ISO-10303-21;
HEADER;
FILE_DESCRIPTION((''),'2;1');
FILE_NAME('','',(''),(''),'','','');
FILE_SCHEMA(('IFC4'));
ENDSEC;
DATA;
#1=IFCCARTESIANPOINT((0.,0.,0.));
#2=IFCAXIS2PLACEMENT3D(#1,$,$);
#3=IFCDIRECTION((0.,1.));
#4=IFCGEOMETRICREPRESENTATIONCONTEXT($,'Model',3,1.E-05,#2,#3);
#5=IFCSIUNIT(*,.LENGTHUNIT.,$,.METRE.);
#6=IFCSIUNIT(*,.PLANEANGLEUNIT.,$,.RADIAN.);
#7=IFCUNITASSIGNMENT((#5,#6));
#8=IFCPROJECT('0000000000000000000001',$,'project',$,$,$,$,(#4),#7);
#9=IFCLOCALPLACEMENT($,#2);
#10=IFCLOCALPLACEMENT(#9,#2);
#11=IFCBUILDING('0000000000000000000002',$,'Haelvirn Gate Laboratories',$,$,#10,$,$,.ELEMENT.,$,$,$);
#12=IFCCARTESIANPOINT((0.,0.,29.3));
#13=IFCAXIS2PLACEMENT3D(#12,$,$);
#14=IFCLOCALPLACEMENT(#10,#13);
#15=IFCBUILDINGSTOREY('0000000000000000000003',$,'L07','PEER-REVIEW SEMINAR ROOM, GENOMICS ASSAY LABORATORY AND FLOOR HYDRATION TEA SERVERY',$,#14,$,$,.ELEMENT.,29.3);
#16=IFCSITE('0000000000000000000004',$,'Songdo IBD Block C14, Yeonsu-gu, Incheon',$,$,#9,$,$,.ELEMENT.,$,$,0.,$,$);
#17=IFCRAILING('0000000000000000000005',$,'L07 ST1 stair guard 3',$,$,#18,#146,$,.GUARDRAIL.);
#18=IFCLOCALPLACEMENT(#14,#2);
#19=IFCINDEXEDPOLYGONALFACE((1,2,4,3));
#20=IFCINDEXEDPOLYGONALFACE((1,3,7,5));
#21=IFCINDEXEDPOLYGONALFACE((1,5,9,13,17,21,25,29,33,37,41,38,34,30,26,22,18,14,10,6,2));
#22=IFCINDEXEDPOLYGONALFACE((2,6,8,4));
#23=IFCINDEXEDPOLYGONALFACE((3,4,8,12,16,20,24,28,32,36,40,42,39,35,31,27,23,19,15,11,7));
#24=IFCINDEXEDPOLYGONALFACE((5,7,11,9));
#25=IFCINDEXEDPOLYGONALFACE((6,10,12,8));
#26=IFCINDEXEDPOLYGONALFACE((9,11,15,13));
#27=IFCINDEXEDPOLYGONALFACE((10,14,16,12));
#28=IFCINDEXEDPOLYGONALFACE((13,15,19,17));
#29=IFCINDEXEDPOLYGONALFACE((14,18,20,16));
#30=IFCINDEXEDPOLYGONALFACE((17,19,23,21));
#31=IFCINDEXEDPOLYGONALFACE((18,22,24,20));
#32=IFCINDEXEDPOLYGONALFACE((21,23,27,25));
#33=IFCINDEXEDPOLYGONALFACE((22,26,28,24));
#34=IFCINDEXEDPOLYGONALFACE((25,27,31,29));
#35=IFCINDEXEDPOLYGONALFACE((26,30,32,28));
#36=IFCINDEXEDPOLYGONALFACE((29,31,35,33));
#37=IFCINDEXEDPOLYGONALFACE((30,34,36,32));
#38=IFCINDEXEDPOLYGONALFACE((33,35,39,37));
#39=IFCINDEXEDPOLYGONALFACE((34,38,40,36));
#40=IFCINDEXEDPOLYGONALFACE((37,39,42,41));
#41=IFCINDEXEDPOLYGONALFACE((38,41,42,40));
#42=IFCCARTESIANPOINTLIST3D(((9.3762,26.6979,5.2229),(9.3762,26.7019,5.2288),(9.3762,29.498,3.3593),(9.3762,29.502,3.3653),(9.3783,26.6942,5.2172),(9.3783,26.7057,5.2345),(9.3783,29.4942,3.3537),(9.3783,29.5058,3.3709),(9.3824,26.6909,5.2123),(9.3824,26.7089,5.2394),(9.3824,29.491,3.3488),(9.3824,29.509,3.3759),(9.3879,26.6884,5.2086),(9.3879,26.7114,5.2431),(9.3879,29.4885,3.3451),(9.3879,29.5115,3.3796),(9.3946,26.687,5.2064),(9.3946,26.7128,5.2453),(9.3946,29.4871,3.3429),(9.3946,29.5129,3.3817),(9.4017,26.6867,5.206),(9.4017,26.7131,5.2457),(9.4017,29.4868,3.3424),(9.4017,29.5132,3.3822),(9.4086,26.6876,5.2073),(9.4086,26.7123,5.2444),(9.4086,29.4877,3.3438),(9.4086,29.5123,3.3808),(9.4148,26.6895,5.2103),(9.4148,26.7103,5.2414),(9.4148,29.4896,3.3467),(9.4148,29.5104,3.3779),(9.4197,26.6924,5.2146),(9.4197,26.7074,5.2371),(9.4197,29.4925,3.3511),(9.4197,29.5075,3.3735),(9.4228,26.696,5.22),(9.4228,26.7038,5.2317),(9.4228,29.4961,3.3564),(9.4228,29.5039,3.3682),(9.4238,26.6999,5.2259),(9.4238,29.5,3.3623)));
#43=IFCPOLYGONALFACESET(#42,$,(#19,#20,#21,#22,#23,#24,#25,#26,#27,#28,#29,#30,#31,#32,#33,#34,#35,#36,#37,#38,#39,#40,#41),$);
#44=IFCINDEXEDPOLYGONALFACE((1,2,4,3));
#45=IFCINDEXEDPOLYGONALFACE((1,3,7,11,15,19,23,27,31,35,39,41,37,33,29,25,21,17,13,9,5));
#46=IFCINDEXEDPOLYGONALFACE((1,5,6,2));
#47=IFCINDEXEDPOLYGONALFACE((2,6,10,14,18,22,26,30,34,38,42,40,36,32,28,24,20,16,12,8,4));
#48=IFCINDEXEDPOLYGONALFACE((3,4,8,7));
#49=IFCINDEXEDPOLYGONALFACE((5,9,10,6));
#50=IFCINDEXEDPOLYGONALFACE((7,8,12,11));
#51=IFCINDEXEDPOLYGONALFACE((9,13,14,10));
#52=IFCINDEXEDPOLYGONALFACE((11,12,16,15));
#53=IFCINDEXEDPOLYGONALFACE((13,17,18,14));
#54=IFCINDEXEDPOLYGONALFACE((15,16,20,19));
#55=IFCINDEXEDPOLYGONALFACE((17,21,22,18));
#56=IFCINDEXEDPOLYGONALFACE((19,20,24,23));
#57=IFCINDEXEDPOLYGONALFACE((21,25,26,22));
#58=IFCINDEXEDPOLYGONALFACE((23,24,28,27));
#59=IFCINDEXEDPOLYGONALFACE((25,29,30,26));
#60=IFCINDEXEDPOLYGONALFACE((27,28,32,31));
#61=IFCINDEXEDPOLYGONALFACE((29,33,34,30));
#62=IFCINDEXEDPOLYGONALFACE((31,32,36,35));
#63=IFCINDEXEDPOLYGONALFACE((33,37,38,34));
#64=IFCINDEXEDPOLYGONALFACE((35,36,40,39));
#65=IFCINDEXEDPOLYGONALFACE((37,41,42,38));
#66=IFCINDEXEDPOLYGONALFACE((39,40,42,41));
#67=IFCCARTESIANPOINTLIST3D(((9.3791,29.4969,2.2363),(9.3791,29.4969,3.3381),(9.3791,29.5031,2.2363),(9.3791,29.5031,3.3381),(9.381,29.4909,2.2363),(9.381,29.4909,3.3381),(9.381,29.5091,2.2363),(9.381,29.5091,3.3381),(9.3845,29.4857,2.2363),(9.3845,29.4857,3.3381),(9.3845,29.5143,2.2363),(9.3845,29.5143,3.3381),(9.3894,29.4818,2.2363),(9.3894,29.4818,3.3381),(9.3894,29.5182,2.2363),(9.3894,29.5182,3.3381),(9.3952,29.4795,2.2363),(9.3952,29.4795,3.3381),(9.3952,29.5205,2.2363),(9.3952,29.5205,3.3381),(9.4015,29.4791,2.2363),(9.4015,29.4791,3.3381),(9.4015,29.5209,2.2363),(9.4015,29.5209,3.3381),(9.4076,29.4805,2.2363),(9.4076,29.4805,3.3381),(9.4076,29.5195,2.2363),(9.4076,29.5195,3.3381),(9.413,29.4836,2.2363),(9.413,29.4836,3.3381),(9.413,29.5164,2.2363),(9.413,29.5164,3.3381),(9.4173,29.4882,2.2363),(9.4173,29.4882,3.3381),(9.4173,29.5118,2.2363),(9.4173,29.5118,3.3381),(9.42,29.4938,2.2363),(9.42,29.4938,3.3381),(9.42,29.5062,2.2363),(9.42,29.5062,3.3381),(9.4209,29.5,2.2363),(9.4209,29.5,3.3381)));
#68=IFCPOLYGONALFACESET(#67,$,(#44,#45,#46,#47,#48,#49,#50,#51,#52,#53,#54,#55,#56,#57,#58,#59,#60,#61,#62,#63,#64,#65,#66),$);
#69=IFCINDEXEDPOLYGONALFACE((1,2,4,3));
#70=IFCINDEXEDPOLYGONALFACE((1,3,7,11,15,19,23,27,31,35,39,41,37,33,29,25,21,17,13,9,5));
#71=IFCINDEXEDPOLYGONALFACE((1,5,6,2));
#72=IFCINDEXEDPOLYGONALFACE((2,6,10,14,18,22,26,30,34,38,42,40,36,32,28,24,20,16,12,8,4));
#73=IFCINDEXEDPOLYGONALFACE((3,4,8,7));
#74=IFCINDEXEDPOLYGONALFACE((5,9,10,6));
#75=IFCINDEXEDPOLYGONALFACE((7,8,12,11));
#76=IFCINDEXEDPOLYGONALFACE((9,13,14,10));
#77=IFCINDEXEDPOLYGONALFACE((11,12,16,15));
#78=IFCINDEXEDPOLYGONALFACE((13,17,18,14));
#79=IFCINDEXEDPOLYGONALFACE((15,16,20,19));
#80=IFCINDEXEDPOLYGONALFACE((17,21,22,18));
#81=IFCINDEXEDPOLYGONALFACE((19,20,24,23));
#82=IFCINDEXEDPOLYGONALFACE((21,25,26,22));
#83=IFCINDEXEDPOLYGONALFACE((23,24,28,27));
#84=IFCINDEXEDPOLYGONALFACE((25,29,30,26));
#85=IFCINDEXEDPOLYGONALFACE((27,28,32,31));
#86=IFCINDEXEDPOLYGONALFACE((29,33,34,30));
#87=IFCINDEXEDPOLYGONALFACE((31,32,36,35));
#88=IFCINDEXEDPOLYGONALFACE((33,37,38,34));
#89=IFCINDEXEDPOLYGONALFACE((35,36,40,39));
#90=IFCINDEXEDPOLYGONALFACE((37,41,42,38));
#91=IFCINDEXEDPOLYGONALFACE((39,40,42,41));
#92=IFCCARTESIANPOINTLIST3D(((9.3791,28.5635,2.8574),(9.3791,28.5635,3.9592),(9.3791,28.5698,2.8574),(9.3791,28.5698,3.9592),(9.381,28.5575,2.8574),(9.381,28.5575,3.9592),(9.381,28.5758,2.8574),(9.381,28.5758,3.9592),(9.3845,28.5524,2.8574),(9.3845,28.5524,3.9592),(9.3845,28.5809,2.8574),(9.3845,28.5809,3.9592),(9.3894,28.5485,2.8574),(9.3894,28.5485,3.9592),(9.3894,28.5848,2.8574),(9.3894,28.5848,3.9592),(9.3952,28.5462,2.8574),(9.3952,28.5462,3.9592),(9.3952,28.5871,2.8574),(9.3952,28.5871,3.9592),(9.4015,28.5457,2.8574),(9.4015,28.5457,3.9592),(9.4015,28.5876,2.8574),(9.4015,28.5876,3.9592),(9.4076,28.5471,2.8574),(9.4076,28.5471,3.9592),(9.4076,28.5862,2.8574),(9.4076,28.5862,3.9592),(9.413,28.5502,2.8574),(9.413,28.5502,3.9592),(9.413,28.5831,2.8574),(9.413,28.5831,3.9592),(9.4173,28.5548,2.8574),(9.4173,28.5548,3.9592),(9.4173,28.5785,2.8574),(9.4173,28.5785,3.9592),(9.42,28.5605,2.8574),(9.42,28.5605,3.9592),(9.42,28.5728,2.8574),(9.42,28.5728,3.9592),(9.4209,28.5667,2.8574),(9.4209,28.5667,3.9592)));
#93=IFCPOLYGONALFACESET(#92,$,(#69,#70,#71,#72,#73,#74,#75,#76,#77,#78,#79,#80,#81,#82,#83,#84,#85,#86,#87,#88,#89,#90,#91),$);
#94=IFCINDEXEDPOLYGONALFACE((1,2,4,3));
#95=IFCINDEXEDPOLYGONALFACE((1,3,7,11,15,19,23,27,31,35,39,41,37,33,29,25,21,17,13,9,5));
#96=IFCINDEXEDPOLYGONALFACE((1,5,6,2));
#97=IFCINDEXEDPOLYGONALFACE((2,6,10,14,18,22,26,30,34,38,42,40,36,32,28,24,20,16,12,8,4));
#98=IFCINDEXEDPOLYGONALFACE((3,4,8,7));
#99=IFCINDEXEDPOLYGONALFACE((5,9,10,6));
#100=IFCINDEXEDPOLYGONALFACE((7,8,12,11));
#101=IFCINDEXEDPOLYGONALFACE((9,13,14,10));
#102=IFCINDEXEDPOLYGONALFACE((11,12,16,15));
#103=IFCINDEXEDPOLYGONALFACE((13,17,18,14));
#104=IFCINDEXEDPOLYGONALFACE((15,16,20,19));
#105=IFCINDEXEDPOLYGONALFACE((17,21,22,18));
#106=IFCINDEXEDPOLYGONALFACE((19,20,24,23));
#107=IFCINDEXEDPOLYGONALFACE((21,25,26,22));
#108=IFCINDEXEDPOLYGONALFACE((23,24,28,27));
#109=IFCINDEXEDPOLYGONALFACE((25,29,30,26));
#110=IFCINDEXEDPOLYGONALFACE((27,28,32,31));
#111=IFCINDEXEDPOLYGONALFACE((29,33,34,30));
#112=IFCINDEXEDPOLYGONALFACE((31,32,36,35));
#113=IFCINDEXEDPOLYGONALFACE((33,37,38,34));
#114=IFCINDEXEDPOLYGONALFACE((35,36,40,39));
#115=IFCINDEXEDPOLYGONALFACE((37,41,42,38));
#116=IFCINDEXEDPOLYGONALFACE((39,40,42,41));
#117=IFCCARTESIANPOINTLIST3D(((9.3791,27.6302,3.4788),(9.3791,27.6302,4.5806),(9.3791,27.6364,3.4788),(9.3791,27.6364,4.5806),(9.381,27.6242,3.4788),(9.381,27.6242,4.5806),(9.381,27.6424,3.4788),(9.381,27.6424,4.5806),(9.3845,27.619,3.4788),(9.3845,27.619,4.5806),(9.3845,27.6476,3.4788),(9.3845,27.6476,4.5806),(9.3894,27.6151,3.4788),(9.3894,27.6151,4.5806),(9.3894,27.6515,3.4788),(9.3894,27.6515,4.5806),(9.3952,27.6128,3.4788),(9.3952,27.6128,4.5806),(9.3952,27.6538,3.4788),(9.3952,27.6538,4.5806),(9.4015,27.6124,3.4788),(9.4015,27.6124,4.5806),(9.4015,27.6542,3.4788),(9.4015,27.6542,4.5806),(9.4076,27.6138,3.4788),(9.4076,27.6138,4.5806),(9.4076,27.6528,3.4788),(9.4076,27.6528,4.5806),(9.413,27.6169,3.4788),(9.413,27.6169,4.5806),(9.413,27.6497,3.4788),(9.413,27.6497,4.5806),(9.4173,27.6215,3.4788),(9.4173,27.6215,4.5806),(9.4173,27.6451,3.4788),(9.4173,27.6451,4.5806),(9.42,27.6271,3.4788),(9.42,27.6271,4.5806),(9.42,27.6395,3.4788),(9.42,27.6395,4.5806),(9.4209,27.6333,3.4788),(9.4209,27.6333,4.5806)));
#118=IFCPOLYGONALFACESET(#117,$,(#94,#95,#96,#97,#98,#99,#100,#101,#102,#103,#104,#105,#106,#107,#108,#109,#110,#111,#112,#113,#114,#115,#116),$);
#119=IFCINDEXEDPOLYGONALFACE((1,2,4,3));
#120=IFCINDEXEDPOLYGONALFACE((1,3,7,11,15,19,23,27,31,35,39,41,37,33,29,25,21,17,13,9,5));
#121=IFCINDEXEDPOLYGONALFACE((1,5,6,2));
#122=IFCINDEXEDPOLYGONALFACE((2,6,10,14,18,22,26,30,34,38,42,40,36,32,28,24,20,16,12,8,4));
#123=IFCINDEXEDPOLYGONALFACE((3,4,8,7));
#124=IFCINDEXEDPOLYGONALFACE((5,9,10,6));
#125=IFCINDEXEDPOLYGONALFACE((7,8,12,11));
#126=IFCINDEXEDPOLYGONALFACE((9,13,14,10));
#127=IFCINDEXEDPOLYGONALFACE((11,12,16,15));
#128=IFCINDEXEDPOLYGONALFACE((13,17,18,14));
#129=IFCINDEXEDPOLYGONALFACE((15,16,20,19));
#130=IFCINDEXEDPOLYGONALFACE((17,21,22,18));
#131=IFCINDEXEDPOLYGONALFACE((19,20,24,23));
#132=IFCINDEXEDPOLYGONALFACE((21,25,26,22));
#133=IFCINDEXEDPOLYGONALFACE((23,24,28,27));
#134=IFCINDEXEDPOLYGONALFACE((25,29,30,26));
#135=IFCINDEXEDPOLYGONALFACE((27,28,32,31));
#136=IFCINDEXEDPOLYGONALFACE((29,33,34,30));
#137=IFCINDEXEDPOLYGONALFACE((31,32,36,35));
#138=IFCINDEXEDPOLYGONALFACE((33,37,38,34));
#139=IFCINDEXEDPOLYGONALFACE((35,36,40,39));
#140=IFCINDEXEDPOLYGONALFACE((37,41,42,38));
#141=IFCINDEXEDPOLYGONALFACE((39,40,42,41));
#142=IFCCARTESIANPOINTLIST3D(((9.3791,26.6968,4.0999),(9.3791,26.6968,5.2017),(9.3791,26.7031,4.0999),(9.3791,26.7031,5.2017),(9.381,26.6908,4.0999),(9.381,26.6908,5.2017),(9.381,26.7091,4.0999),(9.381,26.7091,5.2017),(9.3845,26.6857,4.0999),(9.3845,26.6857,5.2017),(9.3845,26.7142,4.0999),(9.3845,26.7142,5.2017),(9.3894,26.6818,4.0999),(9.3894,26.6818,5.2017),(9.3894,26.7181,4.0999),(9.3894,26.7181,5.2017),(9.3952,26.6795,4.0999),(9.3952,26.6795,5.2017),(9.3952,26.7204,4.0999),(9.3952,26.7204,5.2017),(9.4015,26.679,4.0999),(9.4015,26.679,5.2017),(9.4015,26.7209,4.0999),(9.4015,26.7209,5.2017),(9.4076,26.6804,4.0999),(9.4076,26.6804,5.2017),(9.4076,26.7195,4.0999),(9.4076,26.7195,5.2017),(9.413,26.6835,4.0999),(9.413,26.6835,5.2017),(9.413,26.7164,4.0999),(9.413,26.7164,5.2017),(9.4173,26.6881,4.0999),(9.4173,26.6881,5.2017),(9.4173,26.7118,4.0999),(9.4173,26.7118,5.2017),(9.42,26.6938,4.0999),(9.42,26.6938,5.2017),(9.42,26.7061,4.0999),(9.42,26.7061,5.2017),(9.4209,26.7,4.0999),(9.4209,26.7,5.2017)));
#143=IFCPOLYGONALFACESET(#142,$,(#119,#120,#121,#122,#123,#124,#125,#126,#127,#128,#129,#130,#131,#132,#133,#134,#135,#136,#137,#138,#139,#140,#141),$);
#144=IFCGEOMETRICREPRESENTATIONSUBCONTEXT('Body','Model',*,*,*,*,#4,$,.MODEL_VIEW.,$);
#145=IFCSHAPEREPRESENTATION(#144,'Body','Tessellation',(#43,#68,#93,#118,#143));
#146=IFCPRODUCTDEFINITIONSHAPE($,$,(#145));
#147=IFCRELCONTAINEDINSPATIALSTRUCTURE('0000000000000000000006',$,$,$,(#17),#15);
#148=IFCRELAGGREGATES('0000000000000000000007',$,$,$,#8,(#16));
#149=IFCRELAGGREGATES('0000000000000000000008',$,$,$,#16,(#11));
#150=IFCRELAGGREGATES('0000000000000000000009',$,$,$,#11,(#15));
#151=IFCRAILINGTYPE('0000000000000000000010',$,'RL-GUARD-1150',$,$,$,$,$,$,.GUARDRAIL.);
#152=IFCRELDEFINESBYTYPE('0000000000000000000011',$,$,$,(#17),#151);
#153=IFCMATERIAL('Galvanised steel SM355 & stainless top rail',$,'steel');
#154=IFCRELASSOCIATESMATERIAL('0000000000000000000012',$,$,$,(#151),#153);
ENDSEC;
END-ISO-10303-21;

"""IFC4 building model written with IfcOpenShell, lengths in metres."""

from ifc_helpers import new_model, si_unit, direction, frame, origin, origin_2d, place, context, subcontext, project, spatial, circle, extrude, source, transform, mapped, material, type_object, element, save


model = new_model("IFC4")

# Units and contexts
model_context = context("Model", 3, precision=1e-05, world=origin(), true_north=direction((0.0, 1.0)))
body_context = subcontext(model_context, "Body", "Model", "MODEL_VIEW")
ifc_project = project(units=[si_unit("LENGTHUNIT", "METRE"), si_unit("PLANEANGLEUNIT", "RADIAN")], contexts=[model_context])

# Site, building, storey
site_placement = place(None, origin())
site = spatial("IfcSite", under=ifc_project, at=site_placement, Name="Songdo IBD Block C14, Yeonsu-gu, Incheon", CompositionType="ELEMENT", RefElevation=0.0)
building_placement = place(site_placement, origin())
building = spatial("IfcBuilding", under=site, at=building_placement, Name="Haelvirn Gate Laboratories", CompositionType="ELEMENT")
storey_placement = place(building_placement, frame((0.0, 0.0, 29.3)))
storey = spatial("IfcBuildingStorey", under=building, at=storey_placement, Name="L07", Description="PEER-REVIEW SEMINAR ROOM, GENOMICS ASSAY LABORATORY AND FLOOR HYDRATION TEA SERVERY", CompositionType="ELEMENT", Elevation=29.3)

# Railing
ifc_material_1 = material(Name="Galvanised steel SM355 & stainless top rail", Category="steel")
railing_type_1 = type_object("IfcRailingType", Name="RL-GUARD-1150", PredefinedType="GUARDRAIL", material=ifc_material_1)
shared_shape_1 = source(origin(), body_context, "Body", "SweptSolid", [
    extrude(circle(Radius=0.0239, at=origin_2d()), frame((0.0, 0.0, 1.126), z_axis=(0.0, -0.832486, 0.554047), x_axis=(1.0, 0.0, 0.0)), (0.0, 0.0, 1.0), 3.3635),
    extrude(circle(Radius=0.021, at=origin_2d()), origin(), (0.0, 0.0, 1.0), 1.1018),
    extrude(circle(Radius=0.021, at=origin_2d()), frame((0.0, -0.9333, 0.6211)), (0.0, 0.0, 1.0), 1.1018),
    extrude(circle(Radius=0.021, at=origin_2d()), frame((0.0, -1.8667, 1.2424)), (0.0, 0.0, 1.0), 1.1018),
    extrude(circle(Radius=0.021, at=origin_2d()), frame((0.0, -2.8, 1.8635)), (0.0, 0.0, 1.0), 1.1018),
])
railing_1_placement = place(storey_placement, frame((9.3999, 29.5, 2.2363)))
element("IfcRailing", 1, at=railing_1_placement, inside=storey, type_object=railing_type_1, Name="L07 ST1 stair guard 3", PredefinedType="GUARDRAIL", context=body_context, shape_type="MappedRepresentation", body=[
    mapped(shared_shape_1, transform((0.0, 0.0, 0.0), scale=1.0)),
])

save(model, "model.ifc")
